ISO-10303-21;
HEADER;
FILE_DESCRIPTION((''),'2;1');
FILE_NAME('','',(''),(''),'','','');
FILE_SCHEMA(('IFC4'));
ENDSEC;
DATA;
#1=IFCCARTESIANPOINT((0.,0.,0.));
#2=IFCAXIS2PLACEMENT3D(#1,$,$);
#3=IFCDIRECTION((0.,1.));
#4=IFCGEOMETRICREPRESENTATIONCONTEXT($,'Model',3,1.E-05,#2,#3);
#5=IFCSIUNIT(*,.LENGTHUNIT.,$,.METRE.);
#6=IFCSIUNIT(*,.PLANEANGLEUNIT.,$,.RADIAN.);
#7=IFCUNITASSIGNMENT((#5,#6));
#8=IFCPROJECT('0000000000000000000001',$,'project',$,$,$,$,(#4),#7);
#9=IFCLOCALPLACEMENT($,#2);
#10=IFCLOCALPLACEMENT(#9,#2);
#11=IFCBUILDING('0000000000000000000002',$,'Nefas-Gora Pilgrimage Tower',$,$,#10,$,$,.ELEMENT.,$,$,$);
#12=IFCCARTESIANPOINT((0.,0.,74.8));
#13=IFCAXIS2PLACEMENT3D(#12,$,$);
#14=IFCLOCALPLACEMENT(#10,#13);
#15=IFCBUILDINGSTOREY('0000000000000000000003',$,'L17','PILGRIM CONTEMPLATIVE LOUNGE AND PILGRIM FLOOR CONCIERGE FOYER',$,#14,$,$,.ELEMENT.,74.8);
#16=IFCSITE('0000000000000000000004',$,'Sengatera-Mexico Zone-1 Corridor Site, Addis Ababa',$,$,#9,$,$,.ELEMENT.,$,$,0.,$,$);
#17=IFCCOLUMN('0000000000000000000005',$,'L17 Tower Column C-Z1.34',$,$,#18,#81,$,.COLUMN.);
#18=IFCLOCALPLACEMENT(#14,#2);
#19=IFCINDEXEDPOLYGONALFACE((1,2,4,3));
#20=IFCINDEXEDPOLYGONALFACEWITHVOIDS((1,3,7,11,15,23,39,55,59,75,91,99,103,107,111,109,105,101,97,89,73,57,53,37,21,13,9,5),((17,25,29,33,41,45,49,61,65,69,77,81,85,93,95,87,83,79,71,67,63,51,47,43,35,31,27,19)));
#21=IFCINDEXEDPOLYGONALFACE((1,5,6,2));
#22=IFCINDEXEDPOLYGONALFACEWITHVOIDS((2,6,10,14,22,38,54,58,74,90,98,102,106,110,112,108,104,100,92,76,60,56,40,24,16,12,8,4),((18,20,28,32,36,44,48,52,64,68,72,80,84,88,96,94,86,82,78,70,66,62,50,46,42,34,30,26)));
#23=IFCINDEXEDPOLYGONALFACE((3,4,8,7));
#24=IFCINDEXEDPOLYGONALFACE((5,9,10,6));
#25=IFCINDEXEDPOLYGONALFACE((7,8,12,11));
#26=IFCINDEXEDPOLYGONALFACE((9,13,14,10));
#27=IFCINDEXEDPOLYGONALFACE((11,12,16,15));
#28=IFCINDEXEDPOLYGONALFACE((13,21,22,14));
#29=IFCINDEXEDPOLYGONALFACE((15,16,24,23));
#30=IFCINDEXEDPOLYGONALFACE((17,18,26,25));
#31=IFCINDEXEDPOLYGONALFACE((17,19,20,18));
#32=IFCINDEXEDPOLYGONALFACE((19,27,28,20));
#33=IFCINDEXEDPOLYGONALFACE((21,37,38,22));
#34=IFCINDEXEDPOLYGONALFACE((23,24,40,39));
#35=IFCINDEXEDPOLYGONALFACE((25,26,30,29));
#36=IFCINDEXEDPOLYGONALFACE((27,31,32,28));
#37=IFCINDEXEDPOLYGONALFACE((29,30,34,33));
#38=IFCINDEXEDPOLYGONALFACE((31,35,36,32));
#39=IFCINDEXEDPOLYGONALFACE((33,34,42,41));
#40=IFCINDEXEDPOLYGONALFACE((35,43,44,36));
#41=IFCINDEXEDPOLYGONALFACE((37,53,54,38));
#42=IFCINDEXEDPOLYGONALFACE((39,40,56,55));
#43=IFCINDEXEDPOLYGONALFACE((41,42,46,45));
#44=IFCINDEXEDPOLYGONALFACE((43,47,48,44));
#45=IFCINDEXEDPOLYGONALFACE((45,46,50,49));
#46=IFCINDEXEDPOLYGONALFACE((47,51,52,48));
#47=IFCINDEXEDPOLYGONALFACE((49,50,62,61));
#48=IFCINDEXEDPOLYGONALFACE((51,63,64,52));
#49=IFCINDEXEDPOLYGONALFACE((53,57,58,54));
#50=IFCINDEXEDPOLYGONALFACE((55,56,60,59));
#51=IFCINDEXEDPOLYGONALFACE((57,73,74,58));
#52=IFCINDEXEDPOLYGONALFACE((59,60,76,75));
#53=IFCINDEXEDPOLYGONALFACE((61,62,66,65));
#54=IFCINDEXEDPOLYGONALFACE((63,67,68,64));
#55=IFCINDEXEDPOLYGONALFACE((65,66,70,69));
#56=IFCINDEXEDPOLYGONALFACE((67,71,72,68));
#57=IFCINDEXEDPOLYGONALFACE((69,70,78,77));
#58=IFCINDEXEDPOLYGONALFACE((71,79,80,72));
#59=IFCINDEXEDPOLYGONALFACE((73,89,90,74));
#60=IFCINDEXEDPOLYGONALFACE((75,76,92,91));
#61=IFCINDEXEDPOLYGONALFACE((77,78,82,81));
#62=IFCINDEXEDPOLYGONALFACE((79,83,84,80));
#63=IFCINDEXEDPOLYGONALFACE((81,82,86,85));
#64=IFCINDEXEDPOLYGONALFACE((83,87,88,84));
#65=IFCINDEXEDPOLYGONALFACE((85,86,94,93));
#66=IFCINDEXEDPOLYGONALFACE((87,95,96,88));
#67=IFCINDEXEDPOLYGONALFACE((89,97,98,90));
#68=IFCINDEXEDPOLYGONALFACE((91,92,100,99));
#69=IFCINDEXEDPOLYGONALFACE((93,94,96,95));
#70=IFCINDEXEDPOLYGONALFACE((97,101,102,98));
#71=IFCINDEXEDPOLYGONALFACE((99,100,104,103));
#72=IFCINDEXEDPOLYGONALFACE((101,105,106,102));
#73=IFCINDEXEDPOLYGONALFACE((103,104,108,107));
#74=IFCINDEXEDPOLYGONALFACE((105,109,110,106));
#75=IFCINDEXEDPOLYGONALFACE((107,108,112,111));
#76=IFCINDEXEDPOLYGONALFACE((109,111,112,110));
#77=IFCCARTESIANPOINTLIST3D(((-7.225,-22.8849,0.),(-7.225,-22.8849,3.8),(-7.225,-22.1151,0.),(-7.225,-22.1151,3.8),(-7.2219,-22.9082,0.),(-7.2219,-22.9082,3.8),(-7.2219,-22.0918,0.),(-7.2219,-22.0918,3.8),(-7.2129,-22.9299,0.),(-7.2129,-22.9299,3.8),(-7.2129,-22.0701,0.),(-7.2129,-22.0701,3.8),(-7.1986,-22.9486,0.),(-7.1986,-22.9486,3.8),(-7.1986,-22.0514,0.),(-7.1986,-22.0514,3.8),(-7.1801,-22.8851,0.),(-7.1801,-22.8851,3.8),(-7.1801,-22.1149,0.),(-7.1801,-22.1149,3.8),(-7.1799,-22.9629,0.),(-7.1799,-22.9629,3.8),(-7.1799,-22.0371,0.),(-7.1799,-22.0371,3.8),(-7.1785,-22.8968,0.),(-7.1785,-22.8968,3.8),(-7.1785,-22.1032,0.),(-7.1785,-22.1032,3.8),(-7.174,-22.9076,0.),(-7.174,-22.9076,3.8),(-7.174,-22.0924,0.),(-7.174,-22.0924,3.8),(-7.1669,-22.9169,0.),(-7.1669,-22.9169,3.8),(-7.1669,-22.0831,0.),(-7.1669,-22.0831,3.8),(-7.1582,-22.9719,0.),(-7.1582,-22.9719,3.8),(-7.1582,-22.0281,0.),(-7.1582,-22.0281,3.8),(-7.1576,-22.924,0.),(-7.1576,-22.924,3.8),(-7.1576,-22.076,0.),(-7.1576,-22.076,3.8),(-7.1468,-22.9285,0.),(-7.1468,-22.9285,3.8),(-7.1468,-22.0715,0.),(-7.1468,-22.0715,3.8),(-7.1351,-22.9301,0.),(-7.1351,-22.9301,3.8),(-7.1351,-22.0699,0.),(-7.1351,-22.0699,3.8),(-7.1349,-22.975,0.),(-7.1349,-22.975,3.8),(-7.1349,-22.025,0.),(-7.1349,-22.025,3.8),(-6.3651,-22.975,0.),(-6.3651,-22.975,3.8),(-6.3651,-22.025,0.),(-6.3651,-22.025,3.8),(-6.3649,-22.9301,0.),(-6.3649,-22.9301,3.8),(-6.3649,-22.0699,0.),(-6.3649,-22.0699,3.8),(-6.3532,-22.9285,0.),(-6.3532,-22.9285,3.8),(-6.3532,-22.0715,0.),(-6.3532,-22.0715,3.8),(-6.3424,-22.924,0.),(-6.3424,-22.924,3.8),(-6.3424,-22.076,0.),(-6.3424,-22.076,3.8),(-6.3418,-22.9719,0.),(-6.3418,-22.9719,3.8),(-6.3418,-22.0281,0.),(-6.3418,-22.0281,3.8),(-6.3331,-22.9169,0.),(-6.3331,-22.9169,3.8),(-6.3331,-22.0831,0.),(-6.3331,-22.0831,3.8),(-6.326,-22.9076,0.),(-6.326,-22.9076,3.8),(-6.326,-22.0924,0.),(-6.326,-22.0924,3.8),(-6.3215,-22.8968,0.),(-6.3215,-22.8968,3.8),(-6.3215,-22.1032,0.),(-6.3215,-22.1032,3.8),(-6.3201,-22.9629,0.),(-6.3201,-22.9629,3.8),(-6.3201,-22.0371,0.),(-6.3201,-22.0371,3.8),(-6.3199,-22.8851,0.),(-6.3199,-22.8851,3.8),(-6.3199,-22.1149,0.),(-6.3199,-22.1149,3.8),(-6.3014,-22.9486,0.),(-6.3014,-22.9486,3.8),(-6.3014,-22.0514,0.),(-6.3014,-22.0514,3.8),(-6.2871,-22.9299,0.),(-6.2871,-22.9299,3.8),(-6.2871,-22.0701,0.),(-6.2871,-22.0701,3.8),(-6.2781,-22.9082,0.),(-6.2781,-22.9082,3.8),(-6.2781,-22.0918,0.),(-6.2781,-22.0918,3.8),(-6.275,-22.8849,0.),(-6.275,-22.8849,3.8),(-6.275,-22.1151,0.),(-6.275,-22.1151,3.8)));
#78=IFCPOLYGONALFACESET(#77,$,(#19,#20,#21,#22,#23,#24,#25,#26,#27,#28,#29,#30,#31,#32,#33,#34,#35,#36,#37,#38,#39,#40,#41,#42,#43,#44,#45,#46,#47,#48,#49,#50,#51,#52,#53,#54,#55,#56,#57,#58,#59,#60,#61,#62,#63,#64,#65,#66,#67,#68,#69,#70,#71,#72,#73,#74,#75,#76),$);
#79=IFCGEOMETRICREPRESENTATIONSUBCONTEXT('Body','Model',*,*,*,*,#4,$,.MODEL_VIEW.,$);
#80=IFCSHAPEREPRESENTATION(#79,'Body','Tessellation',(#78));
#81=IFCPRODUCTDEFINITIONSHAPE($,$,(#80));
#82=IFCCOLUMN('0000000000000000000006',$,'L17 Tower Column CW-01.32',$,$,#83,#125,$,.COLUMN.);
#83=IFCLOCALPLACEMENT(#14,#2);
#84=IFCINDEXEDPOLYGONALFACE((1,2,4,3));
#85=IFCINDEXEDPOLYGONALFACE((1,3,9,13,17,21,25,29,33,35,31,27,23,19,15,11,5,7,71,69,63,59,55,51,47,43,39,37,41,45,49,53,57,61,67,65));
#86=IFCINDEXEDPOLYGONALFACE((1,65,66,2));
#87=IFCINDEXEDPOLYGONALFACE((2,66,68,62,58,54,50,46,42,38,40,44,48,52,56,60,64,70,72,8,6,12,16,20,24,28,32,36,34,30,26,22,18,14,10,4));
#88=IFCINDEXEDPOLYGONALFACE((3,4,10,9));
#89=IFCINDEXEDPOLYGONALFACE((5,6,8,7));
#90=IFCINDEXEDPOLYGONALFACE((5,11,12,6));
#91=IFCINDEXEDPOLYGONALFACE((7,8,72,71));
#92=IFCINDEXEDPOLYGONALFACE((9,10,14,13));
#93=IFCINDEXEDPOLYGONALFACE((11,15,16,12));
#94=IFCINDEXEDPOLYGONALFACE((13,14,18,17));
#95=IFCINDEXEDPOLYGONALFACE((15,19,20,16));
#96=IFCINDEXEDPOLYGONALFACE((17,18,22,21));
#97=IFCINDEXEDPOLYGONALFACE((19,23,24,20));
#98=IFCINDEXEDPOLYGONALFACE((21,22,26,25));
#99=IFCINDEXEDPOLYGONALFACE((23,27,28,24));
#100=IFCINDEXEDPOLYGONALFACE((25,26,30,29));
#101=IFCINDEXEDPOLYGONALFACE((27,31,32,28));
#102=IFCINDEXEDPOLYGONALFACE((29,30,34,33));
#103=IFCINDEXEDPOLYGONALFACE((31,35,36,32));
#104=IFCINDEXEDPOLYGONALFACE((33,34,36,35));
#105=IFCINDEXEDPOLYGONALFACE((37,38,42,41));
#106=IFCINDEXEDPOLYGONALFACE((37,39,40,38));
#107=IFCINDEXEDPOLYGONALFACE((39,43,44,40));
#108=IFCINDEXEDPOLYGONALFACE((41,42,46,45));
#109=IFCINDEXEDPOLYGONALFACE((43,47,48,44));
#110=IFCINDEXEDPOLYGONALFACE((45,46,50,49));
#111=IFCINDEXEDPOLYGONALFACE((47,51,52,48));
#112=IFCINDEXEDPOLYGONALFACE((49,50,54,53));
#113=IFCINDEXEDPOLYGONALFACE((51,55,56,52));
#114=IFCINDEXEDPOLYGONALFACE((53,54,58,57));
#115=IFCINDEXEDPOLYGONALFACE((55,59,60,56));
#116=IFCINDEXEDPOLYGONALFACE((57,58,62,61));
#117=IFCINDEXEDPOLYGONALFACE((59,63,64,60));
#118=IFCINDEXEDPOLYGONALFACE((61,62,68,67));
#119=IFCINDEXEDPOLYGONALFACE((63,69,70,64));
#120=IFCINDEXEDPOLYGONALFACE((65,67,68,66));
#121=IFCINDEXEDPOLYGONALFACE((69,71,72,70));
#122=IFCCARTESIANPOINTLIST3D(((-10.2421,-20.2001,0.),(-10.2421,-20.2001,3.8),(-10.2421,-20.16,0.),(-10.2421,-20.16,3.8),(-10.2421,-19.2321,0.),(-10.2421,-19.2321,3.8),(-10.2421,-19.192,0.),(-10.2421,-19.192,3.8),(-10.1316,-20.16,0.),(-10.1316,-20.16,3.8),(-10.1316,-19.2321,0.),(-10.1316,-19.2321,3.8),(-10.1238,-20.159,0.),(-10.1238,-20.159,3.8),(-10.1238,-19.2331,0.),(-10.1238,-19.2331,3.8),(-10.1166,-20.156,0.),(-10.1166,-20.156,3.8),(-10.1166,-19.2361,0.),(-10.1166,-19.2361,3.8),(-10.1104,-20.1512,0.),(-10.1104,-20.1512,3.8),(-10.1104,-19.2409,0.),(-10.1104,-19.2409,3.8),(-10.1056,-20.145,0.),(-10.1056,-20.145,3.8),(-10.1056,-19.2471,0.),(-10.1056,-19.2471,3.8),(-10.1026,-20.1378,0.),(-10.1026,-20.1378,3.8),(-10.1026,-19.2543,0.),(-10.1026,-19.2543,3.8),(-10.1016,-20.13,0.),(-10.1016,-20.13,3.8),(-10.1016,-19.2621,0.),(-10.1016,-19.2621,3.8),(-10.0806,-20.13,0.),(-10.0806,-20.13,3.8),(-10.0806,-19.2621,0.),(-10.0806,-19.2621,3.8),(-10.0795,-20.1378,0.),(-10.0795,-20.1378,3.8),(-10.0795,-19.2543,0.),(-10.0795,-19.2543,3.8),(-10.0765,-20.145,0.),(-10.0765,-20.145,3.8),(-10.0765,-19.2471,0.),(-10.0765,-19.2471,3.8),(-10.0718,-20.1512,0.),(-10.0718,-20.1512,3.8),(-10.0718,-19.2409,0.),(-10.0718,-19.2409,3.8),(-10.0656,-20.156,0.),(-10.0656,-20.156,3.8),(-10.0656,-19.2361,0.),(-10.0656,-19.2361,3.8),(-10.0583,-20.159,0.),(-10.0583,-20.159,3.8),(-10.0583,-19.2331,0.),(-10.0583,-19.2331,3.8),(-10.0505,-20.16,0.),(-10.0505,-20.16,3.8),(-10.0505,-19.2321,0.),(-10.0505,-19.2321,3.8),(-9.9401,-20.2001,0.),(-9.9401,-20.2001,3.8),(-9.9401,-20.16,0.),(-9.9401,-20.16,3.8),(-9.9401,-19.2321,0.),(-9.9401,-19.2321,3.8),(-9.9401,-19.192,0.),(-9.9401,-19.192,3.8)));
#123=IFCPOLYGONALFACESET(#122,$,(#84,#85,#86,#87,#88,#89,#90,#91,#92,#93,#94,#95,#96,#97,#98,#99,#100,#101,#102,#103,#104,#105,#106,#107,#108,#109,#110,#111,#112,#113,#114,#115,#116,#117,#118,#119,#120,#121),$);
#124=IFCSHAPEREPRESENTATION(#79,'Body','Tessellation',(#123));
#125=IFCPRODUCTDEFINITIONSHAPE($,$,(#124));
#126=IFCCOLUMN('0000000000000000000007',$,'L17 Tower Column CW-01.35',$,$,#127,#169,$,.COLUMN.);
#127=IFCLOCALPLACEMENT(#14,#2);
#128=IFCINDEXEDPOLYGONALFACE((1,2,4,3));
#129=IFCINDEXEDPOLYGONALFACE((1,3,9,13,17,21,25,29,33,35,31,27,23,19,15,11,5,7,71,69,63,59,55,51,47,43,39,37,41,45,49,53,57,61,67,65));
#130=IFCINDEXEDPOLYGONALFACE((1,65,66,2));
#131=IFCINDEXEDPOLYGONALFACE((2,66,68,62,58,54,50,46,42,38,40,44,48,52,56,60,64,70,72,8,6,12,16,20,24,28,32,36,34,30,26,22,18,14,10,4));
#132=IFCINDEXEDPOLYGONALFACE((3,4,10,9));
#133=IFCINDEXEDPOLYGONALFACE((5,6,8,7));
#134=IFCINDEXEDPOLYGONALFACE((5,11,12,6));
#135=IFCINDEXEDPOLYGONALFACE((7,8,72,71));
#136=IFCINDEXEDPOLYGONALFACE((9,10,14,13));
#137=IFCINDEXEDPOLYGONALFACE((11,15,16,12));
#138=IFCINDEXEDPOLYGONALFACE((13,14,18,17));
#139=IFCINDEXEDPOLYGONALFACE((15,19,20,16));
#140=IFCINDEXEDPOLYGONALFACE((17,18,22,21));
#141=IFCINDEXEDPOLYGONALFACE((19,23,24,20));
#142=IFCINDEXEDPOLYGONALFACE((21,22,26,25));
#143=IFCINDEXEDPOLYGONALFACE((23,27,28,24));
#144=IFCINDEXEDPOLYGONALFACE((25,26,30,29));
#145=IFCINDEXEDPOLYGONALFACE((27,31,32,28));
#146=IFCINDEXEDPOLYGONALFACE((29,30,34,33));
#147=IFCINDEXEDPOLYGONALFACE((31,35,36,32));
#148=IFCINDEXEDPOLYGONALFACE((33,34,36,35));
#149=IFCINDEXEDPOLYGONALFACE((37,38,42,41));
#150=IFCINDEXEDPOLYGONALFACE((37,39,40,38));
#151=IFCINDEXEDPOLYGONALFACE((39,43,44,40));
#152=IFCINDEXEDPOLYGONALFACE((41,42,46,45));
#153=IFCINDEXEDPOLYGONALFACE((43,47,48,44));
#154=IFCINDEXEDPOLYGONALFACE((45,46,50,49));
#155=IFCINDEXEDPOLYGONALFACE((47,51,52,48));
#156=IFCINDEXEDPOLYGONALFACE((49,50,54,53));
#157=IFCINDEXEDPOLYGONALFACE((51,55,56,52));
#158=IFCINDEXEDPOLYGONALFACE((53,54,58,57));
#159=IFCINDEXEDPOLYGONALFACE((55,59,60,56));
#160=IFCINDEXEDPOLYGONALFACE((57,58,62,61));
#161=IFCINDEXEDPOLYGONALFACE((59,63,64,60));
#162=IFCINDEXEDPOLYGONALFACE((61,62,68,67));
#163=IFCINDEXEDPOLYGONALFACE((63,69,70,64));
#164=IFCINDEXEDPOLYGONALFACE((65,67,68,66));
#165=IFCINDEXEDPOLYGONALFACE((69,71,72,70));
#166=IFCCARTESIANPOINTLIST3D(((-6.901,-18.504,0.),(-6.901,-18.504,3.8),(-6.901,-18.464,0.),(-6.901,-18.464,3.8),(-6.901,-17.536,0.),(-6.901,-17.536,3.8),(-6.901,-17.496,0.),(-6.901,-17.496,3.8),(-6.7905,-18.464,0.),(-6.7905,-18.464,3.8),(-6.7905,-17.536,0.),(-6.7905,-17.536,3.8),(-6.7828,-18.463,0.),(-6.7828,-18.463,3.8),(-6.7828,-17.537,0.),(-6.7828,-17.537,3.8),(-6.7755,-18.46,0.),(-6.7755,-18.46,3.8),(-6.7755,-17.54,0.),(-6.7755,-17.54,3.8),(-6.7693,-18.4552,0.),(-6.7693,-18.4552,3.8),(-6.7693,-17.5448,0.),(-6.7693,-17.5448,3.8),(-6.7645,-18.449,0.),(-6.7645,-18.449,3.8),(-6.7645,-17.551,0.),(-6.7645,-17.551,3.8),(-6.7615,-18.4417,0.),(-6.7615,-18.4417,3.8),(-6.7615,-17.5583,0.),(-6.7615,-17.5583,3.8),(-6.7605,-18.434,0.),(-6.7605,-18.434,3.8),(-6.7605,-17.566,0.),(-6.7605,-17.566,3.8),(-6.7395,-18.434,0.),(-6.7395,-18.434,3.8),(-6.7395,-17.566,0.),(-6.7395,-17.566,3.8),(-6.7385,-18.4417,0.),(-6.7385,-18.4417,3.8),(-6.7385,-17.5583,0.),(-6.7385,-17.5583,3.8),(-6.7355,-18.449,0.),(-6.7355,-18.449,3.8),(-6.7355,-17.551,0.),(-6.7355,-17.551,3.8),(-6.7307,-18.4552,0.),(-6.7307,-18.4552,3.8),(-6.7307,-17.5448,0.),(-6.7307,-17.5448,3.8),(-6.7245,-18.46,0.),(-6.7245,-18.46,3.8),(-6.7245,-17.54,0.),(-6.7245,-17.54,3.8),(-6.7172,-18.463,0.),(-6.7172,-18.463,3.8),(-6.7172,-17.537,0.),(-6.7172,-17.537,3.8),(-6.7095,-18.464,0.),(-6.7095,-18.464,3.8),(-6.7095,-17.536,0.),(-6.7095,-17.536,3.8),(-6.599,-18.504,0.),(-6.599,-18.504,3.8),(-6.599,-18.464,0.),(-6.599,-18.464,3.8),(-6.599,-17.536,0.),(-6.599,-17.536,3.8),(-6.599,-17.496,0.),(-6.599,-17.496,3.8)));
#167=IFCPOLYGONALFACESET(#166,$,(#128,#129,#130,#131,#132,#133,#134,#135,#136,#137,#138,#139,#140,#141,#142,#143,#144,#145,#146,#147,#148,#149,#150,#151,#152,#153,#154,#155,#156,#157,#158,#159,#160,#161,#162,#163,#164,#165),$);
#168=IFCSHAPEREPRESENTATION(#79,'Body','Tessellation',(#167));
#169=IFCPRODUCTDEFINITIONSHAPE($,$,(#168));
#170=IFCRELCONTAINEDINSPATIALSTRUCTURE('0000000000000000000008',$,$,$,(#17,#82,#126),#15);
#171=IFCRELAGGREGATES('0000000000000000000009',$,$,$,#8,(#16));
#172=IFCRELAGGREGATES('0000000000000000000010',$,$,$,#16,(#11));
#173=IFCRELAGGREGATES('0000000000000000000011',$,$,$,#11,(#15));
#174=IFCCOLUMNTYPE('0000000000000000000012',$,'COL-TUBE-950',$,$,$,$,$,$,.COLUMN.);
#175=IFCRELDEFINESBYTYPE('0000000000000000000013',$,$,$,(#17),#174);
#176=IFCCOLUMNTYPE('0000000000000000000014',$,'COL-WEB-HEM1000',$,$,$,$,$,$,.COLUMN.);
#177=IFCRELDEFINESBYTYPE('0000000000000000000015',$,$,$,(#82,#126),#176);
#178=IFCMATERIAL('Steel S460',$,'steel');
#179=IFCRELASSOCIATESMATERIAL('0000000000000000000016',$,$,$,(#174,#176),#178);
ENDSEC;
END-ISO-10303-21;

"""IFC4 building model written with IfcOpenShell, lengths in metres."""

from ifc_helpers import new_model, si_unit, direction, frame, origin, origin_2d, place, context, subcontext, project, spatial, hollow_rectangle, i_section, extrude, source, transform, mapped, material, material_profile, profile_set, type_object, element, save


model = new_model("IFC4")

# Units and contexts
model_context = context("Model", 3, precision=1e-05, world=origin(), true_north=direction((0.0, 1.0)))
body_context = subcontext(model_context, "Body", "Model", "MODEL_VIEW")
ifc_project = project(units=[si_unit("LENGTHUNIT", "METRE"), si_unit("PLANEANGLEUNIT", "RADIAN")], contexts=[model_context])

# Site, building, storey
site_placement = place(None, origin())
site = spatial("IfcSite", under=ifc_project, at=site_placement, Name="Sengatera-Mexico Zone-1 Corridor Site, Addis Ababa", CompositionType="ELEMENT", RefElevation=0.0)
building_placement = place(site_placement, origin())
building = spatial("IfcBuilding", under=site, at=building_placement, Name="Nefas-Gora Pilgrimage Tower", CompositionType="ELEMENT")
storey_placement = place(building_placement, frame((0.0, 0.0, 74.8)))
storey = spatial("IfcBuildingStorey", under=building, at=storey_placement, Name="L17", Description="PILGRIM CONTEMPLATIVE LOUNGE AND PILGRIM FLOOR CONCIERGE FOYER", CompositionType="ELEMENT", Elevation=74.8)

# Columns
ifc_material_1 = material(Name="Steel S460", Category="steel")
ifc_material_profile_1 = material_profile(ifc_material_1, hollow_rectangle(XDim=0.95, YDim=0.95, WallThickness=0.0449, InnerFilletRadius=0.0449, OuterFilletRadius=0.0901, at=origin_2d()), Name="BOX 950x950x45")
ifc_profile_set_1 = profile_set([ifc_material_profile_1], Name="Steel S460")
column_type_1 = type_object("IfcColumnType", Name="COL-TUBE-950", PredefinedType="COLUMN", material=ifc_profile_set_1)
shared_shape_1 = source(origin(), body_context, "Body", "SweptSolid", [
    extrude(hollow_rectangle(XDim=0.95, YDim=0.95, WallThickness=0.0449, InnerFilletRadius=0.0449, OuterFilletRadius=0.0901, at=origin_2d()), origin(), (0.0, 0.0, 1.0), 3.8),
])
column_1_placement = place(storey_placement, frame((-6.75, -22.5, 0.0), z_axis=(0.0, 0.0, 1.0), x_axis=(1.0, 0.0, 0.0)))
element("IfcColumn", 1, at=column_1_placement, inside=storey, type_object=column_type_1, Name="L17 Tower Column C-Z1.34", PredefinedType="COLUMN", context=body_context, shape_type="MappedRepresentation", body=[
    mapped(shared_shape_1, transform((0.0, 0.0, 0.0), x_axis=(1.0, 0.0, 0.0), y_axis=(0.0, 1.0, 0.0), z_axis=(0.0, 0.0, 1.0), scale=1.0)),
])
ifc_material_profile_2 = material_profile(ifc_material_1, i_section(OverallWidth=0.302, OverallDepth=1.0081, WebThickness=0.021, FlangeThickness=0.04, FilletRadius=0.03, at=origin_2d()), Name="HEM 1000")
ifc_profile_set_2 = profile_set([ifc_material_profile_2], Name="Steel S460")
column_type_2 = type_object("IfcColumnType", Name="COL-WEB-HEM1000", PredefinedType="COLUMN", material=ifc_profile_set_2)
shared_shape_2 = source(origin(), body_context, "Body", "SweptSolid", [
    extrude(i_section(OverallWidth=0.302, OverallDepth=1.0081, WebThickness=0.021, FlangeThickness=0.04, FilletRadius=0.03, at=origin_2d()), origin(), (0.0, 0.0, 1.0), 3.8),
])
for number, where, z_axis, x_axis, name in (
    (2, (-10.0911, -19.696, 0.0), (0.0, 0.0, 1.0), (1.0, 0.0, 0.0), "L17 Tower Column CW-01.32"),
    (3, (-6.75, -18.0, 0.0), (0.0, 0.0, 1.0), (1.0, 0.0, 0.0), "L17 Tower Column CW-01.35"),
):
    element("IfcColumn", number, at=place(storey_placement, frame(where, z_axis=z_axis, x_axis=x_axis)), inside=storey, type_object=column_type_2, Name=name, PredefinedType="COLUMN", context=body_context, shape_type="MappedRepresentation", body=[
        mapped(shared_shape_2, transform((0.0, 0.0, 0.0), x_axis=(1.0, 0.0, 0.0), y_axis=(0.0, 1.0, 0.0), z_axis=(0.0, 0.0, 1.0), scale=1.0)),
    ])

save(model, "model.ifc")
